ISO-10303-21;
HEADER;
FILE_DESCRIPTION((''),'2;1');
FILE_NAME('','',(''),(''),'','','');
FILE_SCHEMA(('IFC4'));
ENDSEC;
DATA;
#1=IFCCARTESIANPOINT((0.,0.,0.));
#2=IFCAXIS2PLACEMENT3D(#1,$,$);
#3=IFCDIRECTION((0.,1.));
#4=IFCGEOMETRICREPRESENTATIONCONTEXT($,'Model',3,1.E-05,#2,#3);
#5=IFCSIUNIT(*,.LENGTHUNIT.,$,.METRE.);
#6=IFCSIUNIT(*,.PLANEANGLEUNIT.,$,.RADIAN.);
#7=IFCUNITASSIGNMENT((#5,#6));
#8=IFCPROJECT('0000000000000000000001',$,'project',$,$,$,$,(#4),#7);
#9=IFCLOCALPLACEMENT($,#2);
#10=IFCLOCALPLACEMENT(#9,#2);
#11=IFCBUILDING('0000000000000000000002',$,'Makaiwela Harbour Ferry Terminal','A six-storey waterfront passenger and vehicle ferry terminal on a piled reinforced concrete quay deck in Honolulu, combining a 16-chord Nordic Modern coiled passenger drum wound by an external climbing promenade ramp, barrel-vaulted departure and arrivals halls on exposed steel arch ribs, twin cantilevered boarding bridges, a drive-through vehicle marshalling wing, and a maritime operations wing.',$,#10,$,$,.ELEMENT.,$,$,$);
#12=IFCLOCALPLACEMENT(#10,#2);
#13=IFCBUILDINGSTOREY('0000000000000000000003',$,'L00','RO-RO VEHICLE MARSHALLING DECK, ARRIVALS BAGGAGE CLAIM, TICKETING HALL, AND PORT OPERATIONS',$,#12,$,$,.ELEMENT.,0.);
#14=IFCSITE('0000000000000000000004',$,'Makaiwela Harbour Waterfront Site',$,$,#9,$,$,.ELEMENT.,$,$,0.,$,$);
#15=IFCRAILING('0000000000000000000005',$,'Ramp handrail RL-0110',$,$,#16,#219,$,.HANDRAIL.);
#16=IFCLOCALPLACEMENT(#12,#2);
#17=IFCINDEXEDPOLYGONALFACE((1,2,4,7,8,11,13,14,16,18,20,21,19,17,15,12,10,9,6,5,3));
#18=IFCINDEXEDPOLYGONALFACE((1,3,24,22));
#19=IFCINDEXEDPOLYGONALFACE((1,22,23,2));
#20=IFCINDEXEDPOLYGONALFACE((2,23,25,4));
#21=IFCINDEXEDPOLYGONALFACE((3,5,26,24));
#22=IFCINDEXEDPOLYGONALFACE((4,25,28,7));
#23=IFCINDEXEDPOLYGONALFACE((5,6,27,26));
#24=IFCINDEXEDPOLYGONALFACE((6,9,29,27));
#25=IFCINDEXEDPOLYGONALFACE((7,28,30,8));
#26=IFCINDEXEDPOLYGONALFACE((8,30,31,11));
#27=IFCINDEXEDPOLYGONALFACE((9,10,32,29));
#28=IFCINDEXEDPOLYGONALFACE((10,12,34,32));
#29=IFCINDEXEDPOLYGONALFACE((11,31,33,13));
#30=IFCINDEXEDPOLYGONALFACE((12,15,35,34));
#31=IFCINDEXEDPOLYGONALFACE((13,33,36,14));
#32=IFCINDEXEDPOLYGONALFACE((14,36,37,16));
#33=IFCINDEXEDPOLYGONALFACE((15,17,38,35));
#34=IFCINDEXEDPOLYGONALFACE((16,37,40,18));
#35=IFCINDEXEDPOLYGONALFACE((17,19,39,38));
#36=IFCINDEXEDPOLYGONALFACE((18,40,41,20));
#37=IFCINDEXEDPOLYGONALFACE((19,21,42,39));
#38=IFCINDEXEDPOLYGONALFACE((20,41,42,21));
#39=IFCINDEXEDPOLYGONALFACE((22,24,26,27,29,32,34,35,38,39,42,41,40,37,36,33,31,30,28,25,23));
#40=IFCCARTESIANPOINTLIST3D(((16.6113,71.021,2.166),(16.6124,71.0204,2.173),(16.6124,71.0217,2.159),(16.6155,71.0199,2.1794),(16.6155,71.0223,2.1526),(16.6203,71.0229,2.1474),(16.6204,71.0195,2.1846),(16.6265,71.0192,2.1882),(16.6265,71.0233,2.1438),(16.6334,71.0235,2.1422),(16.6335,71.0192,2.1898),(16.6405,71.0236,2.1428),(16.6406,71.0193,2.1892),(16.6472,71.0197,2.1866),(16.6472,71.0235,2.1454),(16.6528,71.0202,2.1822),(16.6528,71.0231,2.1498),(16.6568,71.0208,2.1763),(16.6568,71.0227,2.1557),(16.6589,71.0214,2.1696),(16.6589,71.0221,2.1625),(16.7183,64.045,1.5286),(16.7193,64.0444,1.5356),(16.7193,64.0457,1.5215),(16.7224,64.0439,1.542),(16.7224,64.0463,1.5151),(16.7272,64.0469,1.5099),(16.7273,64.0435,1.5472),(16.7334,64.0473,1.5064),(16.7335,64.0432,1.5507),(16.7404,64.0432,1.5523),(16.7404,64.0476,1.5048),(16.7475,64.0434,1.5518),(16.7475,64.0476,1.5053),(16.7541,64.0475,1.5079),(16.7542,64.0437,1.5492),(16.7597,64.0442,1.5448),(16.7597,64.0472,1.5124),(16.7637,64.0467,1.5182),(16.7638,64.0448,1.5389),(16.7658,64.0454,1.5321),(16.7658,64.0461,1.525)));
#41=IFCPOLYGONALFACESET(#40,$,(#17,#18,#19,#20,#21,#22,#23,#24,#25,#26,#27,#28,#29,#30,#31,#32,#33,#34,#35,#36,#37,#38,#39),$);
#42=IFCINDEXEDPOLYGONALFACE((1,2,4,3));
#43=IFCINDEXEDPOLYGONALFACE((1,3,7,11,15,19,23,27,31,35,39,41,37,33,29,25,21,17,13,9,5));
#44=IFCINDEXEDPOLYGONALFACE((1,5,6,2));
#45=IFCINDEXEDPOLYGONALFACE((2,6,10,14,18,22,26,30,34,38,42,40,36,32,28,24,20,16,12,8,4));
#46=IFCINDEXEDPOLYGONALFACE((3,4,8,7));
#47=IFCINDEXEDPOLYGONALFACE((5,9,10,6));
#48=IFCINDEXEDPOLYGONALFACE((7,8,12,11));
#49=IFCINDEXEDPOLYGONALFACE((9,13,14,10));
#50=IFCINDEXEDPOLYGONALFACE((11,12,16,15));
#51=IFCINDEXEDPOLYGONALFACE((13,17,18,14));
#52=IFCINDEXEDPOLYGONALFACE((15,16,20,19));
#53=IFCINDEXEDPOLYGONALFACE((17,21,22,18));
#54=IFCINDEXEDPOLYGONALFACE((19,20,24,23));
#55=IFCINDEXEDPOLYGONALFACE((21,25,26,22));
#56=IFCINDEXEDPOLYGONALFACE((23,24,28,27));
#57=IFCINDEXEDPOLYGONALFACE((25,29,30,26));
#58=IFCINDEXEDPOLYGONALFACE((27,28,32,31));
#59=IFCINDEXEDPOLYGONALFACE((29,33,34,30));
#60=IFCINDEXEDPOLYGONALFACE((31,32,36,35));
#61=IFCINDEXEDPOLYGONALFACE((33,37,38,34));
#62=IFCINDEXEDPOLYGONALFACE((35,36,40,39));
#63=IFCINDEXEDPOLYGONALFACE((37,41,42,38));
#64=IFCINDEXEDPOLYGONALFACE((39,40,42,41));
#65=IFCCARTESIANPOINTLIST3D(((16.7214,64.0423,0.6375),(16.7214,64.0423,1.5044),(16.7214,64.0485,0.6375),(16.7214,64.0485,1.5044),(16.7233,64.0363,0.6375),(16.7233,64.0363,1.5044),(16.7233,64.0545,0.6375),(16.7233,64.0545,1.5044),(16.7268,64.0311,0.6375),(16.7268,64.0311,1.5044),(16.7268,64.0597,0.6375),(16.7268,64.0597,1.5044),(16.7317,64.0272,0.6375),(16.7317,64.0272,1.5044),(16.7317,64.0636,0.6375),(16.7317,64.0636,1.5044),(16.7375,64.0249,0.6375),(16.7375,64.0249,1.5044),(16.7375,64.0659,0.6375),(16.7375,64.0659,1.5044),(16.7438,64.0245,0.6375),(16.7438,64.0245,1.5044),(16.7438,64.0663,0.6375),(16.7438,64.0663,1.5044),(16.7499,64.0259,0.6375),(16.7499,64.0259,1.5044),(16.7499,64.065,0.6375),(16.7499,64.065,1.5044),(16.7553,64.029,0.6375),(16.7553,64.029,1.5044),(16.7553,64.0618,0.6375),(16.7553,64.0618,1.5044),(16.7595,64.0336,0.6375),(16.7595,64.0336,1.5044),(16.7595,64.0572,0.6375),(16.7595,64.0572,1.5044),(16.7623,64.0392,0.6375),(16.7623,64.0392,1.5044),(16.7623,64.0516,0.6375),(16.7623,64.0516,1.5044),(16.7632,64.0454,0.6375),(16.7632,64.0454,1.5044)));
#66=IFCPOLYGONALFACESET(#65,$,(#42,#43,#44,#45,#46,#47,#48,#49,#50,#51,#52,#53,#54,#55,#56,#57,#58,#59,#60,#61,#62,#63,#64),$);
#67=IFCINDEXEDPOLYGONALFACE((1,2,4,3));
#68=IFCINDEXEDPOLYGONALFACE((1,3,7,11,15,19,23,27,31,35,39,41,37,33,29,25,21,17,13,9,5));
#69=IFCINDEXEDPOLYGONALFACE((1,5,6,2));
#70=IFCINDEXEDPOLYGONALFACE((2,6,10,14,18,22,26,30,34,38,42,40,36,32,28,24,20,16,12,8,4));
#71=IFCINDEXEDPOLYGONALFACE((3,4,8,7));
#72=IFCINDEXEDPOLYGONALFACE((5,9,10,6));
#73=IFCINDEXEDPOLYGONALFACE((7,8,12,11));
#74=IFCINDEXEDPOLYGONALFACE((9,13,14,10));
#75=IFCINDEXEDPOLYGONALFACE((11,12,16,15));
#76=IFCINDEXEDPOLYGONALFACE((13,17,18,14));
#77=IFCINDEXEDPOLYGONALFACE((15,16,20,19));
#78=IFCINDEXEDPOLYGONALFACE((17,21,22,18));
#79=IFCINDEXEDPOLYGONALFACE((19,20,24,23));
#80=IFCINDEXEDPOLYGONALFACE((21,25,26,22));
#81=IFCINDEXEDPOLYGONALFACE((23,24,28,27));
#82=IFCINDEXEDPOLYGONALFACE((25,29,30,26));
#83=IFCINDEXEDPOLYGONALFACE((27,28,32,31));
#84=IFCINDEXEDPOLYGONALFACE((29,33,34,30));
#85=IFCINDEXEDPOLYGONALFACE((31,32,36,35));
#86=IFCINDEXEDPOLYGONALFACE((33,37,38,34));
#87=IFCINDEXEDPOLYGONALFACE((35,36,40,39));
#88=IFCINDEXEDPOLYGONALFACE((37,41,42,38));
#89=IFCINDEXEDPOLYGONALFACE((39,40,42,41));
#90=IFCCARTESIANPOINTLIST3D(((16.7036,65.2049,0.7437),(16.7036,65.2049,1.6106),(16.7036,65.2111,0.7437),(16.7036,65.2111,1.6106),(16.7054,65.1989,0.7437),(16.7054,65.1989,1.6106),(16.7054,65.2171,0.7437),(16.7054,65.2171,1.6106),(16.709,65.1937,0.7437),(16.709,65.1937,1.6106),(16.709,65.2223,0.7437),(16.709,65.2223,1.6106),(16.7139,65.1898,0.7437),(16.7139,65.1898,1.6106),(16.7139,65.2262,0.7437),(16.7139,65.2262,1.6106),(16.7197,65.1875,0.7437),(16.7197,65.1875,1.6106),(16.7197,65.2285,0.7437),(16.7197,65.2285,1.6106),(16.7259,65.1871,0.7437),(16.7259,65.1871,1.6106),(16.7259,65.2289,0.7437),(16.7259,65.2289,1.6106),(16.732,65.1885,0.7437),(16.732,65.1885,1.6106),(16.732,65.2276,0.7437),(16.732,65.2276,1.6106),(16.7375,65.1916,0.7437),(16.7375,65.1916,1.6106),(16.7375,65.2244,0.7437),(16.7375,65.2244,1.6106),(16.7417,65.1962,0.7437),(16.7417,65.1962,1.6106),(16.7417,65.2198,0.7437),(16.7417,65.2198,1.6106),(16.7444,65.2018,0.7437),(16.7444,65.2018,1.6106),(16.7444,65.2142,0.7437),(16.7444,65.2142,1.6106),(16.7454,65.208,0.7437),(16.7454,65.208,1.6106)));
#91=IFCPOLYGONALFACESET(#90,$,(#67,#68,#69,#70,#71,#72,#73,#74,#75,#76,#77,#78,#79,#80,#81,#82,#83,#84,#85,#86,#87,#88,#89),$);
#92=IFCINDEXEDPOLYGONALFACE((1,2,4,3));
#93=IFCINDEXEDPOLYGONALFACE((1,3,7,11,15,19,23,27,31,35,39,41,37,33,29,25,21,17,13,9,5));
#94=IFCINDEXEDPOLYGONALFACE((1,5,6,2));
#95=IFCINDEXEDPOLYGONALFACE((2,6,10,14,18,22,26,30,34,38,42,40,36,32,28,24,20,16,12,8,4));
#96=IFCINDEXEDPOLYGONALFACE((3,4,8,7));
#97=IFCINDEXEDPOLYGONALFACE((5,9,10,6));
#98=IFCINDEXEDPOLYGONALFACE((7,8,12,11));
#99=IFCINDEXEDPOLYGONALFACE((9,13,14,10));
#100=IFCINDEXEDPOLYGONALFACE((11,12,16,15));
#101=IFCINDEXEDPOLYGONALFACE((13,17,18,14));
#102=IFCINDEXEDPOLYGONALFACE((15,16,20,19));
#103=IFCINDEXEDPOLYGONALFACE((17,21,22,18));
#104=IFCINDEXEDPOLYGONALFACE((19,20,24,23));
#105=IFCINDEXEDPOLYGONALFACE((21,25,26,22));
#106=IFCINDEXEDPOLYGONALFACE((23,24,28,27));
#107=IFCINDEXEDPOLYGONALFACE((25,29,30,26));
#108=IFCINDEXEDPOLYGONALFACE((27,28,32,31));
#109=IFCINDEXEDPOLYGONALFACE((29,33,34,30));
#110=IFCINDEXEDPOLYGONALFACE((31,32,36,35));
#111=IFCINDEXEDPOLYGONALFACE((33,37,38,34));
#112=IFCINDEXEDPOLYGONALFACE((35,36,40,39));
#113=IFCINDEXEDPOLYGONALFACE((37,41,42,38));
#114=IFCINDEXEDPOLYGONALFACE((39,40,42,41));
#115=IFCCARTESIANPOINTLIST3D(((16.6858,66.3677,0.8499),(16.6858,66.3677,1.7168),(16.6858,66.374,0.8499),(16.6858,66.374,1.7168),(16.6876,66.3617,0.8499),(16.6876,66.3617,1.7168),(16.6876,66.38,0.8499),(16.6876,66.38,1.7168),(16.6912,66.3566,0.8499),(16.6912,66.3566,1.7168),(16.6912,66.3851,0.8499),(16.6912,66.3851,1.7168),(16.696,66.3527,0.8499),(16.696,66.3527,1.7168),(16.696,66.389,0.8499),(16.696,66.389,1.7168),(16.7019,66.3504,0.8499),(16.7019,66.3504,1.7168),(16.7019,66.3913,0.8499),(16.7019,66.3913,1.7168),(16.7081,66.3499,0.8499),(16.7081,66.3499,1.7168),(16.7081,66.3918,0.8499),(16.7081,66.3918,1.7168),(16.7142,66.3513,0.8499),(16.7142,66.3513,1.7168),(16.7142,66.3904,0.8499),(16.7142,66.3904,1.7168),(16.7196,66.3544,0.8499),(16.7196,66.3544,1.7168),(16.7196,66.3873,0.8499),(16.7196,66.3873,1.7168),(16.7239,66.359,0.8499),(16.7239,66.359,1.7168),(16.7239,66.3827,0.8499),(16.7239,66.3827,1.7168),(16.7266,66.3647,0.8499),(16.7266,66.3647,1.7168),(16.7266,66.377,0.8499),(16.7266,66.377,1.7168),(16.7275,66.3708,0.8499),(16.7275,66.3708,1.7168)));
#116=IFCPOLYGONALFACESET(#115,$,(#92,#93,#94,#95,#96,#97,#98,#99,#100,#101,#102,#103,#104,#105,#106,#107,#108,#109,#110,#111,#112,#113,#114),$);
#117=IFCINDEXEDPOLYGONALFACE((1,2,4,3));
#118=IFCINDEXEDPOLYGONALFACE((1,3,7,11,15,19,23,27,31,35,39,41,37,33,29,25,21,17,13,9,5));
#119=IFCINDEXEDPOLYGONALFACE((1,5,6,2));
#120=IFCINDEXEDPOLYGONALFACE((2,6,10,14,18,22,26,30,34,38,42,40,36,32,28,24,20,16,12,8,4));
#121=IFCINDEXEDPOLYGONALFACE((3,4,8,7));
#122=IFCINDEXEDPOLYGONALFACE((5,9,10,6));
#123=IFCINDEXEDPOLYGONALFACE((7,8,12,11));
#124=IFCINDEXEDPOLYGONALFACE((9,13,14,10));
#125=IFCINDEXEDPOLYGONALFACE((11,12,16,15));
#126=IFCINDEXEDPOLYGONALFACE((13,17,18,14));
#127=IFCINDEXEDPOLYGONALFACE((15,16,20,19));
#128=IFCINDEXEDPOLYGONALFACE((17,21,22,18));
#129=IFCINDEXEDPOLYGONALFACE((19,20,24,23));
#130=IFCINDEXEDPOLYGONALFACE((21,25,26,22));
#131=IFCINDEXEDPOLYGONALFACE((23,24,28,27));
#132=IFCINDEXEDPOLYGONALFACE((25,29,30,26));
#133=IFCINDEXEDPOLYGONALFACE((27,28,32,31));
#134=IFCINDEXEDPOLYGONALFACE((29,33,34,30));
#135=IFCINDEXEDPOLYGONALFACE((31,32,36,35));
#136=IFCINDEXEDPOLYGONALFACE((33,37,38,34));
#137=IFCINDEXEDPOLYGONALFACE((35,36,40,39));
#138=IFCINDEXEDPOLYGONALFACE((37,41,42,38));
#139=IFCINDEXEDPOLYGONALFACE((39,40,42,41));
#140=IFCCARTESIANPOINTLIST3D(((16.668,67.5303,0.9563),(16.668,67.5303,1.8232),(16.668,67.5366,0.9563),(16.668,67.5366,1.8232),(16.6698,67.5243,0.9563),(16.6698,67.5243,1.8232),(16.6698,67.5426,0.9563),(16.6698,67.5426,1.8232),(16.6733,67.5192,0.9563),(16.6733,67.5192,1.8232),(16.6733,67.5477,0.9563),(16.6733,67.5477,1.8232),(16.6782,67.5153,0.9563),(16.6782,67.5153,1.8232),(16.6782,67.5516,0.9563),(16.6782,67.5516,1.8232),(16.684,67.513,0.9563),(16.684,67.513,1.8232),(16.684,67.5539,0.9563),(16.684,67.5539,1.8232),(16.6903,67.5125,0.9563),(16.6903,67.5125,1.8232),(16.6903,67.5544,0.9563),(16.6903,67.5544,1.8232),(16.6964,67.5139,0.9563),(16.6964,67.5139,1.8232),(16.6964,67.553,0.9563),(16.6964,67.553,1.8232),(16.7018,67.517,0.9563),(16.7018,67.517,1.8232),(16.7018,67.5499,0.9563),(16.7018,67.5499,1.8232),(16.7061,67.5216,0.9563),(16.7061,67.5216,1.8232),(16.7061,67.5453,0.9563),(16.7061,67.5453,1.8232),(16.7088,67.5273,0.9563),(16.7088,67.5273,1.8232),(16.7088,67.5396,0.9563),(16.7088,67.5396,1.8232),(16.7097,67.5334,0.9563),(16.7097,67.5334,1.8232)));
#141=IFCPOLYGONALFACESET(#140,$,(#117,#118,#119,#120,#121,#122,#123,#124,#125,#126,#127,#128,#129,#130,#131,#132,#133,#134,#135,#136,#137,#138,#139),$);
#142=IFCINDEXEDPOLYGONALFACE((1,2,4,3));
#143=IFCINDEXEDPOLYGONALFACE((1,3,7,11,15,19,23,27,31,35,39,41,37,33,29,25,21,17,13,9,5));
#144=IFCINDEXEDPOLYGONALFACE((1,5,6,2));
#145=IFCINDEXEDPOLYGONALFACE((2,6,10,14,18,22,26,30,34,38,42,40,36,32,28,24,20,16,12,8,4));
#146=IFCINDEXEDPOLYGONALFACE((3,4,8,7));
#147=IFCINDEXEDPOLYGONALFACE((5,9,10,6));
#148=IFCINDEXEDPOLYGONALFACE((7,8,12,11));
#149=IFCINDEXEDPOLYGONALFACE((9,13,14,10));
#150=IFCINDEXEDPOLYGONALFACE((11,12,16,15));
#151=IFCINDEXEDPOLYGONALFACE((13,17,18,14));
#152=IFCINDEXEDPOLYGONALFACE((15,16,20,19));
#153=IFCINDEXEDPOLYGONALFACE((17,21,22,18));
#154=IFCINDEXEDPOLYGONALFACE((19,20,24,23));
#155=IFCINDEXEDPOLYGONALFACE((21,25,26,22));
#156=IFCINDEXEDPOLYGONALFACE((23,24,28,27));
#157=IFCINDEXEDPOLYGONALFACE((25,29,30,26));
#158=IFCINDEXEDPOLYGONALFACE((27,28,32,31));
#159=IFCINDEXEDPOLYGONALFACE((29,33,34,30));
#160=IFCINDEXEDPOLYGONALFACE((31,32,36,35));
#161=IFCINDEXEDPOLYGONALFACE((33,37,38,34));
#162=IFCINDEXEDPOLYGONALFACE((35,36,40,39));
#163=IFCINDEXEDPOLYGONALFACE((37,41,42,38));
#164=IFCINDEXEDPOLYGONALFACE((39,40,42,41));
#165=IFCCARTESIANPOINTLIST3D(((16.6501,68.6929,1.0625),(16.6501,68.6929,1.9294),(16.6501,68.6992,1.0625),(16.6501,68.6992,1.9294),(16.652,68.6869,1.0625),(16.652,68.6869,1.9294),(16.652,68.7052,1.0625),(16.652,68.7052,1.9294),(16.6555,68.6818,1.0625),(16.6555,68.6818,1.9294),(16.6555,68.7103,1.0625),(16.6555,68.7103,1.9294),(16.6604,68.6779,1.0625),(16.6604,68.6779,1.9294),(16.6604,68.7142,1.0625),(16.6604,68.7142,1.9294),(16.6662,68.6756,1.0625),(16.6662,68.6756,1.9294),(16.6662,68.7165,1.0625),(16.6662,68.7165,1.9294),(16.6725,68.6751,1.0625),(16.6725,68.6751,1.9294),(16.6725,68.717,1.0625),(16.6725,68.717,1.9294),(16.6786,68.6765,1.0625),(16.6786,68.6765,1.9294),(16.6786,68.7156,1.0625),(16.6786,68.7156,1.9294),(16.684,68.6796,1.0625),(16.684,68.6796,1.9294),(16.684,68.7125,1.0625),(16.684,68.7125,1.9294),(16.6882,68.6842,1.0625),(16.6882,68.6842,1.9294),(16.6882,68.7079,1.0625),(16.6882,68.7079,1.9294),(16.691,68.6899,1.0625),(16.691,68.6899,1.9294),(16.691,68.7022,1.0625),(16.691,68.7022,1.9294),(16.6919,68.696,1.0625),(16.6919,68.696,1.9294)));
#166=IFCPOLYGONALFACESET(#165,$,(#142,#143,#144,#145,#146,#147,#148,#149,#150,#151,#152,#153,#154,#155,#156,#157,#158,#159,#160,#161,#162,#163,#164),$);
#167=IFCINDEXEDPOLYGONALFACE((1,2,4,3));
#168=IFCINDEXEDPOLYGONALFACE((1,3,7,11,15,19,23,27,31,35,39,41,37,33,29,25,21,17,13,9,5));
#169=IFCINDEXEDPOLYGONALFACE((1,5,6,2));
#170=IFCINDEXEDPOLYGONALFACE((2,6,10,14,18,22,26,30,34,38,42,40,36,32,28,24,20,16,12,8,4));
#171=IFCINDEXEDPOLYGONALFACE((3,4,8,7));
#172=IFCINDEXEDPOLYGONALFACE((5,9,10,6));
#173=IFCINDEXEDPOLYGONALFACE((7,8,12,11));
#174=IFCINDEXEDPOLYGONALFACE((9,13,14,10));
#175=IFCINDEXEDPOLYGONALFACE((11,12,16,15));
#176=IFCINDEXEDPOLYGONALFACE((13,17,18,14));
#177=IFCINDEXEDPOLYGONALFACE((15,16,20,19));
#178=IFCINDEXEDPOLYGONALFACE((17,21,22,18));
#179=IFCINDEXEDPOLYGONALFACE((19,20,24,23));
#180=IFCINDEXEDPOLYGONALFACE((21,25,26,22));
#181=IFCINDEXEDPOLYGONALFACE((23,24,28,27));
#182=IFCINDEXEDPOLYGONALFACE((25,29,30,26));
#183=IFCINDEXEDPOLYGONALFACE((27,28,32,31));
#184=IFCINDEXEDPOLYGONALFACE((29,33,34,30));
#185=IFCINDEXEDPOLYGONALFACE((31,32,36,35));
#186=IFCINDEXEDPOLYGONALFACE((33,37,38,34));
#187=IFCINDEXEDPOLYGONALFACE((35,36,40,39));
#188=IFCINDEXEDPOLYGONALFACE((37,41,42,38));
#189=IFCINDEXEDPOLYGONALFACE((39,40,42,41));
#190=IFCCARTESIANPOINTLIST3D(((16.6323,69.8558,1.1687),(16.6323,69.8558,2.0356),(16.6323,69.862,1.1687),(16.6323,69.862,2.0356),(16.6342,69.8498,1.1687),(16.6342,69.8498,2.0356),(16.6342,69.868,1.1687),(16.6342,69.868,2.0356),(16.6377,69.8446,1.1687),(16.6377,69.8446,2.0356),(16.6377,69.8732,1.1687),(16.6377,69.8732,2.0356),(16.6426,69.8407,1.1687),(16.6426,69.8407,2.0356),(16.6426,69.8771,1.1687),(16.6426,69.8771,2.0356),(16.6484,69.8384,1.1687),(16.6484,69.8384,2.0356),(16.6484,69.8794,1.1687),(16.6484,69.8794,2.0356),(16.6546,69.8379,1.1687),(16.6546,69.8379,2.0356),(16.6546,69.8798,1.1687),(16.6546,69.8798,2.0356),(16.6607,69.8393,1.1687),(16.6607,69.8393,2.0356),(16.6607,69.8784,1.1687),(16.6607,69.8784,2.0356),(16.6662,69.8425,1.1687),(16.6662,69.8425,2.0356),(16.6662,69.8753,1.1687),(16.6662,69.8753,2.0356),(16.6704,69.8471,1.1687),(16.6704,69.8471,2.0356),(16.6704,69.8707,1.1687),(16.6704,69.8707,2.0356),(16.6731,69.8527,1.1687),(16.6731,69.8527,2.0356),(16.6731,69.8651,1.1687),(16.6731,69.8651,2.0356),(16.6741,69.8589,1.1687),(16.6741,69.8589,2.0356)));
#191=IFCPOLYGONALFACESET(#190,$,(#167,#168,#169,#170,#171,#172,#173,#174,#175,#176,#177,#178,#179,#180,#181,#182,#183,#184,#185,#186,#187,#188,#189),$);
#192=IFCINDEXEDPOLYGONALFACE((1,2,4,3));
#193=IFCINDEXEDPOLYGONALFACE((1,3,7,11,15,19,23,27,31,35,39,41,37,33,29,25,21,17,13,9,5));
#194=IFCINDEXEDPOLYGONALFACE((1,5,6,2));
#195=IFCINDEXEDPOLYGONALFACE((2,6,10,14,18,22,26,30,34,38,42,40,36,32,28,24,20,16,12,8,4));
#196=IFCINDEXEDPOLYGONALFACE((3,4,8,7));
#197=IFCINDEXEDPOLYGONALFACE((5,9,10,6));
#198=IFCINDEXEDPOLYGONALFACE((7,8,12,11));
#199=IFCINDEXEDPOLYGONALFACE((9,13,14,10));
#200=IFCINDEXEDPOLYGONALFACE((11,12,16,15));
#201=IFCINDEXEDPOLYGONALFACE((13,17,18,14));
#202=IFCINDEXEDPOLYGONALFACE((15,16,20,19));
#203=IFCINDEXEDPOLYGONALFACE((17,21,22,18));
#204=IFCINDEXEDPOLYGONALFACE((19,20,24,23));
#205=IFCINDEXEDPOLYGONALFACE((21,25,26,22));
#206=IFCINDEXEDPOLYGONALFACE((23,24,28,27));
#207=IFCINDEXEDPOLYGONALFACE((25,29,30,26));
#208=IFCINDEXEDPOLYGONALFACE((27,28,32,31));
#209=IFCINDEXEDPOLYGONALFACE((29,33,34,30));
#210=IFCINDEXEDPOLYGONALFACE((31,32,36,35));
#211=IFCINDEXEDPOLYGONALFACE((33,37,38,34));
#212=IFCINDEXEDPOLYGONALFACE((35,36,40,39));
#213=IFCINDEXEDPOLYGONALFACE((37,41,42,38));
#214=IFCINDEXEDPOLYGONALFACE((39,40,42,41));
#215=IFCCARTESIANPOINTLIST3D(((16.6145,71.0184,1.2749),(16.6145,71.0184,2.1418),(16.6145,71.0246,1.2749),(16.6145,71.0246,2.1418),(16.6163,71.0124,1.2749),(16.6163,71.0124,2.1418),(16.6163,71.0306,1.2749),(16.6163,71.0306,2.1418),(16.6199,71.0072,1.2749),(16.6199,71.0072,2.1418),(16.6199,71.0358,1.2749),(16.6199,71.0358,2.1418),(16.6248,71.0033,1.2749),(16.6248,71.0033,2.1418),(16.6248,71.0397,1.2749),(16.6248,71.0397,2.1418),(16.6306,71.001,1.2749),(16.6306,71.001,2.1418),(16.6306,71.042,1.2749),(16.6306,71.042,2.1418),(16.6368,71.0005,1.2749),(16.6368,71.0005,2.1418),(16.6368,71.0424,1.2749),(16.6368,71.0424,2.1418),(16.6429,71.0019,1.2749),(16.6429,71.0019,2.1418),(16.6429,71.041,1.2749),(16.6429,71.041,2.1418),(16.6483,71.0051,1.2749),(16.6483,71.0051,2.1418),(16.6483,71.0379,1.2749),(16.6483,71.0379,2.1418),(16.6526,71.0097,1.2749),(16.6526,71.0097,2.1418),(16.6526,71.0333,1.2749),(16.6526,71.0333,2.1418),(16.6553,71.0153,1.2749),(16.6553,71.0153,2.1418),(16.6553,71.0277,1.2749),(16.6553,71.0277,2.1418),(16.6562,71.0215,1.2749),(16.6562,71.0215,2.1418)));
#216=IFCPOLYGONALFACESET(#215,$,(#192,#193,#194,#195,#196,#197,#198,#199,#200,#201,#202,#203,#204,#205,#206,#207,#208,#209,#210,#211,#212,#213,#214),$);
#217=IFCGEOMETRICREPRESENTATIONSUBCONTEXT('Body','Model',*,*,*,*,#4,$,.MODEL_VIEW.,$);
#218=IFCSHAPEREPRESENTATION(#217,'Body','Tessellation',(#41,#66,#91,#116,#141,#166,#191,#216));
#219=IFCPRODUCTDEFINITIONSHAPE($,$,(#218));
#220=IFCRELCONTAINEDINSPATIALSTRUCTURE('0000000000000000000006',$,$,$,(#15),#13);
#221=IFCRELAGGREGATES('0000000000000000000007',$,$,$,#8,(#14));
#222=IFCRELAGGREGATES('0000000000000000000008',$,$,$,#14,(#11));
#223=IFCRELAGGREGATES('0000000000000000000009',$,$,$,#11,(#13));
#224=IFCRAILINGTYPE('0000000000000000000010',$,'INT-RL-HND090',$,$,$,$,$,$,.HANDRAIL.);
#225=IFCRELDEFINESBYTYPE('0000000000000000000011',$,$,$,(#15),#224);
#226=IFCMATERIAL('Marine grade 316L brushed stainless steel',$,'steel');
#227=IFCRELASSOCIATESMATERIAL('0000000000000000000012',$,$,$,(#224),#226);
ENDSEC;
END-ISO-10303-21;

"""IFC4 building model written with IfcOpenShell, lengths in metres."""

from ifc_helpers import new_model, si_unit, direction, frame, origin, origin_2d, place, context, subcontext, project, spatial, circle, extrude, material, type_object, element, save


model = new_model("IFC4")

# Units and contexts
model_context = context("Model", 3, precision=1e-05, world=origin(), true_north=direction((0.0, 1.0)))
body_context = subcontext(model_context, "Body", "Model", "MODEL_VIEW")
ifc_project = project(units=[si_unit("LENGTHUNIT", "METRE"), si_unit("PLANEANGLEUNIT", "RADIAN")], contexts=[model_context])

# Site, building, storey
site_placement = place(None, origin())
site = spatial("IfcSite", under=ifc_project, at=site_placement, Name="Makaiwela Harbour Waterfront Site", CompositionType="ELEMENT", RefElevation=0.0)
building_placement = place(site_placement, origin())
building = spatial("IfcBuilding", under=site, at=building_placement, Name="Makaiwela Harbour Ferry Terminal", Description="A six-storey waterfront passenger and vehicle ferry terminal on a piled reinforced concrete quay deck in Honolulu, combining a 16-chord Nordic Modern coiled passenger drum wound by an external climbing promenade ramp, barrel-vaulted departure and arrivals halls on exposed steel arch ribs, twin cantilevered boarding bridges, a drive-through vehicle marshalling wing, and a maritime operations wing.", CompositionType="ELEMENT")
storey_placement = place(building_placement, origin())
storey = spatial("IfcBuildingStorey", under=building, at=storey_placement, Name="L00", Description="RO-RO VEHICLE MARSHALLING DECK, ARRIVALS BAGGAGE CLAIM, TICKETING HALL, AND PORT OPERATIONS", CompositionType="ELEMENT", Elevation=0.0)

# Railing
ifc_material_1 = material(Name="Marine grade 316L brushed stainless steel", Category="steel")
railing_type_1 = type_object("IfcRailingType", Name="INT-RL-HND090", PredefinedType="HANDRAIL", material=ifc_material_1)
railing_1_placement = place(storey_placement, frame((16.7422, 64.0454, 0.6375)))
element("IfcRailing", 1, at=railing_1_placement, inside=storey, type_object=railing_type_1, Name="Ramp handrail RL-0110", PredefinedType="HANDRAIL", context=body_context, shape_type="SweptSolid", body=[
    extrude(circle(Radius=0.0239, at=origin_2d()), frame((0.0, 0.0, 0.8911), z_axis=(-0.015263, 0.995735, 0.090987), x_axis=(-0.999883, -0.015327, 0.0)), (0.0, 0.0, 1.0), 7.0059),
    extrude(circle(Radius=0.021, at=origin_2d()), origin(), (0.0, 0.0, 1.0), 0.8669),
    extrude(circle(Radius=0.021, at=origin_2d()), frame((-0.0178, 1.1626, 0.1062)), (0.0, 0.0, 1.0), 0.8669),
    extrude(circle(Radius=0.021, at=origin_2d()), frame((-0.0356, 2.3254, 0.2124)), (0.0, 0.0, 1.0), 0.8669),
    extrude(circle(Radius=0.021, at=origin_2d()), frame((-0.0535, 3.488, 0.3188)), (0.0, 0.0, 1.0), 0.8669),
    extrude(circle(Radius=0.021, at=origin_2d()), frame((-0.0713, 4.6506, 0.425)), (0.0, 0.0, 1.0), 0.8669),
    extrude(circle(Radius=0.021, at=origin_2d()), frame((-0.0891, 5.8135, 0.5312)), (0.0, 0.0, 1.0), 0.8669),
    extrude(circle(Radius=0.021, at=origin_2d()), frame((-0.1069, 6.9761, 0.6375)), (0.0, 0.0, 1.0), 0.8669),
])

save(model, "model.ifc")
